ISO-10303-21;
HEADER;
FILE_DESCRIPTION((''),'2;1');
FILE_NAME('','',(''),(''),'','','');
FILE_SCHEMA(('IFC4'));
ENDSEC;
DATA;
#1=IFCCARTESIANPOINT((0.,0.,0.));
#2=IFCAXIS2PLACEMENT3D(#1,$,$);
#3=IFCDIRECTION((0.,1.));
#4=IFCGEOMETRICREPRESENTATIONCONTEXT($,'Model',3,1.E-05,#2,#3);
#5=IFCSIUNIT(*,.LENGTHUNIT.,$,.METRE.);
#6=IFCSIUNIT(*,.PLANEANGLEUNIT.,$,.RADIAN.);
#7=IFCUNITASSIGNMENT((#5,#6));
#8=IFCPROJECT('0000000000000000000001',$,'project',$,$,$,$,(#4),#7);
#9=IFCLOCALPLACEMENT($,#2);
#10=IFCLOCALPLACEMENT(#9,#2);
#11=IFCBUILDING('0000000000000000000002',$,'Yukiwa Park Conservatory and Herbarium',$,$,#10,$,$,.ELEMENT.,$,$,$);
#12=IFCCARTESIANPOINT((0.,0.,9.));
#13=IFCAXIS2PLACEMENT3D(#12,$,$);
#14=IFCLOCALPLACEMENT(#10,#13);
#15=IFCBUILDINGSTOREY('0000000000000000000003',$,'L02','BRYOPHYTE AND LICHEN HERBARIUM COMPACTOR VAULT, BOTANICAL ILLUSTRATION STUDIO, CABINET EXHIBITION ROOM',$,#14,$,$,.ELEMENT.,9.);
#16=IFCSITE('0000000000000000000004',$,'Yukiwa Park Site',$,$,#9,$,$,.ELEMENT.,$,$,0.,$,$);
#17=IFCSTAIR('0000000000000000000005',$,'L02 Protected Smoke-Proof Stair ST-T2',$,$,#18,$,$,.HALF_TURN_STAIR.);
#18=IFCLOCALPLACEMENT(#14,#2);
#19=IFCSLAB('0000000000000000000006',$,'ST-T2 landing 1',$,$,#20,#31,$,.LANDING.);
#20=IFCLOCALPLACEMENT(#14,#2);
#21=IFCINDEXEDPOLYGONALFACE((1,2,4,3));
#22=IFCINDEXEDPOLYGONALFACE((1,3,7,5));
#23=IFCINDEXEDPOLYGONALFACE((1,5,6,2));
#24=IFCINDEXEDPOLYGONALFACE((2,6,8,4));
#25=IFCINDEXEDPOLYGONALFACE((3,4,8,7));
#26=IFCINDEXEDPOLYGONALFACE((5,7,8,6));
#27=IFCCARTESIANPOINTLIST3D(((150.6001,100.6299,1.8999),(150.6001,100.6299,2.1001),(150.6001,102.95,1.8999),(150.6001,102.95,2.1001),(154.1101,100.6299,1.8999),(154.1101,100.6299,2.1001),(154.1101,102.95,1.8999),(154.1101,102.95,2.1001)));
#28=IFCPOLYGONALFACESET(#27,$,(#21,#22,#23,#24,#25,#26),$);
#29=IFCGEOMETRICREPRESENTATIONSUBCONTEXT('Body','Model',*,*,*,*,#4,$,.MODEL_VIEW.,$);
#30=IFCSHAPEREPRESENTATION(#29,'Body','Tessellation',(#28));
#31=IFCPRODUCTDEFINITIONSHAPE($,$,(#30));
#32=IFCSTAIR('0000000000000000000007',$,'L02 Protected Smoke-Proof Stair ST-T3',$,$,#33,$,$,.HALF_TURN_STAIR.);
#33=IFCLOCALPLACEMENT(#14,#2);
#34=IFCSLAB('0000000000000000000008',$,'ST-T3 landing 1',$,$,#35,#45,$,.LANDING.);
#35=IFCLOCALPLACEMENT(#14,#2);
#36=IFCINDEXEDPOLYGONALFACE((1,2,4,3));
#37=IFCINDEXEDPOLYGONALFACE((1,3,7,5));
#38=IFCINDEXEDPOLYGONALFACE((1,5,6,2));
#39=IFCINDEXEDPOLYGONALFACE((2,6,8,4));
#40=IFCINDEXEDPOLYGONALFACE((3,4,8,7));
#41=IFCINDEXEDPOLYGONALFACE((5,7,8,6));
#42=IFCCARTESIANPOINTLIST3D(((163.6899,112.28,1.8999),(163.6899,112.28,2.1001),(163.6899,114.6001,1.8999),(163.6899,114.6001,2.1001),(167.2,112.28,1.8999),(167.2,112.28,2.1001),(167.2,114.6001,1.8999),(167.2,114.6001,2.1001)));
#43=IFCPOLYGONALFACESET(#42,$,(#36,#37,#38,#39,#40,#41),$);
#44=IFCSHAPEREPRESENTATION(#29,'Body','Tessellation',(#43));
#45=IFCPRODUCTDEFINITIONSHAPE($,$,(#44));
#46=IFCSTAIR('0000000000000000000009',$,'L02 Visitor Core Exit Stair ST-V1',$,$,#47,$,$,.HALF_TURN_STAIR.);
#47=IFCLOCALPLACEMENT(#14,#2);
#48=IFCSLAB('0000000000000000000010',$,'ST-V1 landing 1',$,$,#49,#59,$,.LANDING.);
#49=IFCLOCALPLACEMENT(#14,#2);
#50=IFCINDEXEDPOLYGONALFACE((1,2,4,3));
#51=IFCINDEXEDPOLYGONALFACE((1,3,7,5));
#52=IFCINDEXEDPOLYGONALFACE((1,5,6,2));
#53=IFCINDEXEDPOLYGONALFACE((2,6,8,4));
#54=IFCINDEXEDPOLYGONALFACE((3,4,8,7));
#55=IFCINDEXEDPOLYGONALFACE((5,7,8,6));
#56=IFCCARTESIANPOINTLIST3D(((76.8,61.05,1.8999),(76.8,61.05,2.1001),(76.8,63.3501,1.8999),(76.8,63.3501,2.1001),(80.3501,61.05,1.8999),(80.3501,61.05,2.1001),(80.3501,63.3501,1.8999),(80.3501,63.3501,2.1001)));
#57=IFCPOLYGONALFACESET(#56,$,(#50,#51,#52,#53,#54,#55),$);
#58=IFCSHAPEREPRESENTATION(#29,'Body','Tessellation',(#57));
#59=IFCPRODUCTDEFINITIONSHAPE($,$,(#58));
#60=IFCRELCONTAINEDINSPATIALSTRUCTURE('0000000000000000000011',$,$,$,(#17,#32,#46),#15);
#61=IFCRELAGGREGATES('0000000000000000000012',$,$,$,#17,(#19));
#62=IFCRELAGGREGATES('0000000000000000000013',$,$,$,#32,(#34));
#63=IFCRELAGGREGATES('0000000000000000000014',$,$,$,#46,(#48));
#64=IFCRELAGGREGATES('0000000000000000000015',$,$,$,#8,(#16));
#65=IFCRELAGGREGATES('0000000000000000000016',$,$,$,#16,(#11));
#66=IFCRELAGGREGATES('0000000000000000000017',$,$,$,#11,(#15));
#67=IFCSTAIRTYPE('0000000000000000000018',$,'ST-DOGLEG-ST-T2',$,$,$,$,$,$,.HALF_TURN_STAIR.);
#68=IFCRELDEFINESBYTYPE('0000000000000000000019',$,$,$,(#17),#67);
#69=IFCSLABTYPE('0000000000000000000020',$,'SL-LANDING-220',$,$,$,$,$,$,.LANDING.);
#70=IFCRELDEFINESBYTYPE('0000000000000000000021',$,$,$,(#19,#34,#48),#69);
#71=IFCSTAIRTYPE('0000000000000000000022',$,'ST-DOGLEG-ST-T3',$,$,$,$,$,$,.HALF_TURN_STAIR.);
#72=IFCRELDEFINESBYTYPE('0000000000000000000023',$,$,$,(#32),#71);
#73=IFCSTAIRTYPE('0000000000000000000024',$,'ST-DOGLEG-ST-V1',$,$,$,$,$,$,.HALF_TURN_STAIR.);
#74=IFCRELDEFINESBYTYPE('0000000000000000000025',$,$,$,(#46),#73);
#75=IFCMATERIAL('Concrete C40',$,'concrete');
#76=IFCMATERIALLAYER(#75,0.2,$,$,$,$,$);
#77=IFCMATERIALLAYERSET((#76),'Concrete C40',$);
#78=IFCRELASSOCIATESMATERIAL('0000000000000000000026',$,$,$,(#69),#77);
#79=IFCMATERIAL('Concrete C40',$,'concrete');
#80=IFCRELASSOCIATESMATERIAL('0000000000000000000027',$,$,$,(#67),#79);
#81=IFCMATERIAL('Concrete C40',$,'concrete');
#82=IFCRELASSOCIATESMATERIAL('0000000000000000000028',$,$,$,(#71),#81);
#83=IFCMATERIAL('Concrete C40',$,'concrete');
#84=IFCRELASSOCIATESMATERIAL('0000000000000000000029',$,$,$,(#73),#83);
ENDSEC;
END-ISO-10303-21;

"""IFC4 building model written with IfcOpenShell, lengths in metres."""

from ifc_helpers import new_model, si_unit, direction, frame, origin, place, context, subcontext, project, spatial, polyline, outline, extrude, material, layer, layer_set, type_object, element, aggregate, save


model = new_model("IFC4")

# Units and contexts
model_context = context("Model", 3, precision=1e-05, world=origin(), true_north=direction((0.0, 1.0)))
body_context = subcontext(model_context, "Body", "Model", "MODEL_VIEW")
ifc_project = project(units=[si_unit("LENGTHUNIT", "METRE"), si_unit("PLANEANGLEUNIT", "RADIAN")], contexts=[model_context])

# Site, building, storey
site_placement = place(None, origin())
site = spatial("IfcSite", under=ifc_project, at=site_placement, Name="Yukiwa Park Site", CompositionType="ELEMENT", RefElevation=0.0)
building_placement = place(site_placement, origin())
building = spatial("IfcBuilding", under=site, at=building_placement, Name="Yukiwa Park Conservatory and Herbarium", CompositionType="ELEMENT")
storey_placement = place(building_placement, frame((0.0, 0.0, 9.0)))
storey = spatial("IfcBuildingStorey", under=building, at=storey_placement, Name="L02", Description="BRYOPHYTE AND LICHEN HERBARIUM COMPACTOR VAULT, BOTANICAL ILLUSTRATION STUDIO, CABINET EXHIBITION ROOM", CompositionType="ELEMENT", Elevation=9.0)

# Stairs, slabs
ifc_material_1 = material(Name="Concrete C40", Category="concrete")
ifc_layer_1 = layer(ifc_material_1, 0.2)
ifc_layer_set_1 = layer_set([ifc_layer_1], Name="Concrete C40")
slab_type_1 = type_object("IfcSlabType", Name="SL-LANDING-220", PredefinedType="LANDING", material=ifc_layer_set_1)
ifc_material_2 = material(Name="Concrete C40", Category="concrete")
stair_type_1 = type_object("IfcStairType", Name="ST-DOGLEG-ST-T2", PredefinedType="HALF_TURN_STAIR", material=ifc_material_2)
stair_1_placement = place(storey_placement, origin())
stair_1 = element("IfcStair", 1, at=stair_1_placement, inside=storey, type_object=stair_type_1, Name="L02 Protected Smoke-Proof Stair ST-T2", PredefinedType="HALF_TURN_STAIR")
slab_1_placement = place(storey_placement, frame((0.0, 0.0, 1.8999)))
slab_1 = element("IfcSlab", 2, at=slab_1_placement, type_object=slab_type_1, Name="ST-T2 landing 1", PredefinedType="LANDING", context=body_context, shape_type="SweptSolid", body=[
    extrude(outline(polyline([(154.1101, 100.6299), (154.1101, 102.95), (150.6001, 102.95), (150.6001, 100.6299), (154.1101, 100.6299)])), origin(), (0.0, 0.0, 1.0), 0.2002),
])
aggregate(stair_1, [slab_1])
ifc_material_3 = material(Name="Concrete C40", Category="concrete")
stair_type_2 = type_object("IfcStairType", Name="ST-DOGLEG-ST-T3", PredefinedType="HALF_TURN_STAIR", material=ifc_material_3)
stair_2_placement = place(storey_placement, origin())
stair_2 = element("IfcStair", 3, at=stair_2_placement, inside=storey, type_object=stair_type_2, Name="L02 Protected Smoke-Proof Stair ST-T3", PredefinedType="HALF_TURN_STAIR")
slab_2_placement = place(storey_placement, frame((0.0, 0.0, 1.8999)))
slab_2 = element("IfcSlab", 4, at=slab_2_placement, type_object=slab_type_1, Name="ST-T3 landing 1", PredefinedType="LANDING", context=body_context, shape_type="SweptSolid", body=[
    extrude(outline(polyline([(167.2, 112.28), (167.2, 114.6001), (163.6899, 114.6001), (163.6899, 112.28), (167.2, 112.28)])), origin(), (0.0, 0.0, 1.0), 0.2002),
])
aggregate(stair_2, [slab_2])
ifc_material_4 = material(Name="Concrete C40", Category="concrete")
stair_type_3 = type_object("IfcStairType", Name="ST-DOGLEG-ST-V1", PredefinedType="HALF_TURN_STAIR", material=ifc_material_4)
stair_3_placement = place(storey_placement, origin())
stair_3 = element("IfcStair", 5, at=stair_3_placement, inside=storey, type_object=stair_type_3, Name="L02 Visitor Core Exit Stair ST-V1", PredefinedType="HALF_TURN_STAIR")
slab_3_placement = place(storey_placement, frame((0.0, 0.0, 1.8999)))
slab_3 = element("IfcSlab", 6, at=slab_3_placement, type_object=slab_type_1, Name="ST-V1 landing 1", PredefinedType="LANDING", context=body_context, shape_type="SweptSolid", body=[
    extrude(outline(polyline([(80.3501, 61.05), (80.3501, 63.3501), (76.8, 63.3501), (76.8, 61.05), (80.3501, 61.05)])), origin(), (0.0, 0.0, 1.0), 0.2002),
])
aggregate(stair_3, [slab_3])

save(model, "model.ifc")
